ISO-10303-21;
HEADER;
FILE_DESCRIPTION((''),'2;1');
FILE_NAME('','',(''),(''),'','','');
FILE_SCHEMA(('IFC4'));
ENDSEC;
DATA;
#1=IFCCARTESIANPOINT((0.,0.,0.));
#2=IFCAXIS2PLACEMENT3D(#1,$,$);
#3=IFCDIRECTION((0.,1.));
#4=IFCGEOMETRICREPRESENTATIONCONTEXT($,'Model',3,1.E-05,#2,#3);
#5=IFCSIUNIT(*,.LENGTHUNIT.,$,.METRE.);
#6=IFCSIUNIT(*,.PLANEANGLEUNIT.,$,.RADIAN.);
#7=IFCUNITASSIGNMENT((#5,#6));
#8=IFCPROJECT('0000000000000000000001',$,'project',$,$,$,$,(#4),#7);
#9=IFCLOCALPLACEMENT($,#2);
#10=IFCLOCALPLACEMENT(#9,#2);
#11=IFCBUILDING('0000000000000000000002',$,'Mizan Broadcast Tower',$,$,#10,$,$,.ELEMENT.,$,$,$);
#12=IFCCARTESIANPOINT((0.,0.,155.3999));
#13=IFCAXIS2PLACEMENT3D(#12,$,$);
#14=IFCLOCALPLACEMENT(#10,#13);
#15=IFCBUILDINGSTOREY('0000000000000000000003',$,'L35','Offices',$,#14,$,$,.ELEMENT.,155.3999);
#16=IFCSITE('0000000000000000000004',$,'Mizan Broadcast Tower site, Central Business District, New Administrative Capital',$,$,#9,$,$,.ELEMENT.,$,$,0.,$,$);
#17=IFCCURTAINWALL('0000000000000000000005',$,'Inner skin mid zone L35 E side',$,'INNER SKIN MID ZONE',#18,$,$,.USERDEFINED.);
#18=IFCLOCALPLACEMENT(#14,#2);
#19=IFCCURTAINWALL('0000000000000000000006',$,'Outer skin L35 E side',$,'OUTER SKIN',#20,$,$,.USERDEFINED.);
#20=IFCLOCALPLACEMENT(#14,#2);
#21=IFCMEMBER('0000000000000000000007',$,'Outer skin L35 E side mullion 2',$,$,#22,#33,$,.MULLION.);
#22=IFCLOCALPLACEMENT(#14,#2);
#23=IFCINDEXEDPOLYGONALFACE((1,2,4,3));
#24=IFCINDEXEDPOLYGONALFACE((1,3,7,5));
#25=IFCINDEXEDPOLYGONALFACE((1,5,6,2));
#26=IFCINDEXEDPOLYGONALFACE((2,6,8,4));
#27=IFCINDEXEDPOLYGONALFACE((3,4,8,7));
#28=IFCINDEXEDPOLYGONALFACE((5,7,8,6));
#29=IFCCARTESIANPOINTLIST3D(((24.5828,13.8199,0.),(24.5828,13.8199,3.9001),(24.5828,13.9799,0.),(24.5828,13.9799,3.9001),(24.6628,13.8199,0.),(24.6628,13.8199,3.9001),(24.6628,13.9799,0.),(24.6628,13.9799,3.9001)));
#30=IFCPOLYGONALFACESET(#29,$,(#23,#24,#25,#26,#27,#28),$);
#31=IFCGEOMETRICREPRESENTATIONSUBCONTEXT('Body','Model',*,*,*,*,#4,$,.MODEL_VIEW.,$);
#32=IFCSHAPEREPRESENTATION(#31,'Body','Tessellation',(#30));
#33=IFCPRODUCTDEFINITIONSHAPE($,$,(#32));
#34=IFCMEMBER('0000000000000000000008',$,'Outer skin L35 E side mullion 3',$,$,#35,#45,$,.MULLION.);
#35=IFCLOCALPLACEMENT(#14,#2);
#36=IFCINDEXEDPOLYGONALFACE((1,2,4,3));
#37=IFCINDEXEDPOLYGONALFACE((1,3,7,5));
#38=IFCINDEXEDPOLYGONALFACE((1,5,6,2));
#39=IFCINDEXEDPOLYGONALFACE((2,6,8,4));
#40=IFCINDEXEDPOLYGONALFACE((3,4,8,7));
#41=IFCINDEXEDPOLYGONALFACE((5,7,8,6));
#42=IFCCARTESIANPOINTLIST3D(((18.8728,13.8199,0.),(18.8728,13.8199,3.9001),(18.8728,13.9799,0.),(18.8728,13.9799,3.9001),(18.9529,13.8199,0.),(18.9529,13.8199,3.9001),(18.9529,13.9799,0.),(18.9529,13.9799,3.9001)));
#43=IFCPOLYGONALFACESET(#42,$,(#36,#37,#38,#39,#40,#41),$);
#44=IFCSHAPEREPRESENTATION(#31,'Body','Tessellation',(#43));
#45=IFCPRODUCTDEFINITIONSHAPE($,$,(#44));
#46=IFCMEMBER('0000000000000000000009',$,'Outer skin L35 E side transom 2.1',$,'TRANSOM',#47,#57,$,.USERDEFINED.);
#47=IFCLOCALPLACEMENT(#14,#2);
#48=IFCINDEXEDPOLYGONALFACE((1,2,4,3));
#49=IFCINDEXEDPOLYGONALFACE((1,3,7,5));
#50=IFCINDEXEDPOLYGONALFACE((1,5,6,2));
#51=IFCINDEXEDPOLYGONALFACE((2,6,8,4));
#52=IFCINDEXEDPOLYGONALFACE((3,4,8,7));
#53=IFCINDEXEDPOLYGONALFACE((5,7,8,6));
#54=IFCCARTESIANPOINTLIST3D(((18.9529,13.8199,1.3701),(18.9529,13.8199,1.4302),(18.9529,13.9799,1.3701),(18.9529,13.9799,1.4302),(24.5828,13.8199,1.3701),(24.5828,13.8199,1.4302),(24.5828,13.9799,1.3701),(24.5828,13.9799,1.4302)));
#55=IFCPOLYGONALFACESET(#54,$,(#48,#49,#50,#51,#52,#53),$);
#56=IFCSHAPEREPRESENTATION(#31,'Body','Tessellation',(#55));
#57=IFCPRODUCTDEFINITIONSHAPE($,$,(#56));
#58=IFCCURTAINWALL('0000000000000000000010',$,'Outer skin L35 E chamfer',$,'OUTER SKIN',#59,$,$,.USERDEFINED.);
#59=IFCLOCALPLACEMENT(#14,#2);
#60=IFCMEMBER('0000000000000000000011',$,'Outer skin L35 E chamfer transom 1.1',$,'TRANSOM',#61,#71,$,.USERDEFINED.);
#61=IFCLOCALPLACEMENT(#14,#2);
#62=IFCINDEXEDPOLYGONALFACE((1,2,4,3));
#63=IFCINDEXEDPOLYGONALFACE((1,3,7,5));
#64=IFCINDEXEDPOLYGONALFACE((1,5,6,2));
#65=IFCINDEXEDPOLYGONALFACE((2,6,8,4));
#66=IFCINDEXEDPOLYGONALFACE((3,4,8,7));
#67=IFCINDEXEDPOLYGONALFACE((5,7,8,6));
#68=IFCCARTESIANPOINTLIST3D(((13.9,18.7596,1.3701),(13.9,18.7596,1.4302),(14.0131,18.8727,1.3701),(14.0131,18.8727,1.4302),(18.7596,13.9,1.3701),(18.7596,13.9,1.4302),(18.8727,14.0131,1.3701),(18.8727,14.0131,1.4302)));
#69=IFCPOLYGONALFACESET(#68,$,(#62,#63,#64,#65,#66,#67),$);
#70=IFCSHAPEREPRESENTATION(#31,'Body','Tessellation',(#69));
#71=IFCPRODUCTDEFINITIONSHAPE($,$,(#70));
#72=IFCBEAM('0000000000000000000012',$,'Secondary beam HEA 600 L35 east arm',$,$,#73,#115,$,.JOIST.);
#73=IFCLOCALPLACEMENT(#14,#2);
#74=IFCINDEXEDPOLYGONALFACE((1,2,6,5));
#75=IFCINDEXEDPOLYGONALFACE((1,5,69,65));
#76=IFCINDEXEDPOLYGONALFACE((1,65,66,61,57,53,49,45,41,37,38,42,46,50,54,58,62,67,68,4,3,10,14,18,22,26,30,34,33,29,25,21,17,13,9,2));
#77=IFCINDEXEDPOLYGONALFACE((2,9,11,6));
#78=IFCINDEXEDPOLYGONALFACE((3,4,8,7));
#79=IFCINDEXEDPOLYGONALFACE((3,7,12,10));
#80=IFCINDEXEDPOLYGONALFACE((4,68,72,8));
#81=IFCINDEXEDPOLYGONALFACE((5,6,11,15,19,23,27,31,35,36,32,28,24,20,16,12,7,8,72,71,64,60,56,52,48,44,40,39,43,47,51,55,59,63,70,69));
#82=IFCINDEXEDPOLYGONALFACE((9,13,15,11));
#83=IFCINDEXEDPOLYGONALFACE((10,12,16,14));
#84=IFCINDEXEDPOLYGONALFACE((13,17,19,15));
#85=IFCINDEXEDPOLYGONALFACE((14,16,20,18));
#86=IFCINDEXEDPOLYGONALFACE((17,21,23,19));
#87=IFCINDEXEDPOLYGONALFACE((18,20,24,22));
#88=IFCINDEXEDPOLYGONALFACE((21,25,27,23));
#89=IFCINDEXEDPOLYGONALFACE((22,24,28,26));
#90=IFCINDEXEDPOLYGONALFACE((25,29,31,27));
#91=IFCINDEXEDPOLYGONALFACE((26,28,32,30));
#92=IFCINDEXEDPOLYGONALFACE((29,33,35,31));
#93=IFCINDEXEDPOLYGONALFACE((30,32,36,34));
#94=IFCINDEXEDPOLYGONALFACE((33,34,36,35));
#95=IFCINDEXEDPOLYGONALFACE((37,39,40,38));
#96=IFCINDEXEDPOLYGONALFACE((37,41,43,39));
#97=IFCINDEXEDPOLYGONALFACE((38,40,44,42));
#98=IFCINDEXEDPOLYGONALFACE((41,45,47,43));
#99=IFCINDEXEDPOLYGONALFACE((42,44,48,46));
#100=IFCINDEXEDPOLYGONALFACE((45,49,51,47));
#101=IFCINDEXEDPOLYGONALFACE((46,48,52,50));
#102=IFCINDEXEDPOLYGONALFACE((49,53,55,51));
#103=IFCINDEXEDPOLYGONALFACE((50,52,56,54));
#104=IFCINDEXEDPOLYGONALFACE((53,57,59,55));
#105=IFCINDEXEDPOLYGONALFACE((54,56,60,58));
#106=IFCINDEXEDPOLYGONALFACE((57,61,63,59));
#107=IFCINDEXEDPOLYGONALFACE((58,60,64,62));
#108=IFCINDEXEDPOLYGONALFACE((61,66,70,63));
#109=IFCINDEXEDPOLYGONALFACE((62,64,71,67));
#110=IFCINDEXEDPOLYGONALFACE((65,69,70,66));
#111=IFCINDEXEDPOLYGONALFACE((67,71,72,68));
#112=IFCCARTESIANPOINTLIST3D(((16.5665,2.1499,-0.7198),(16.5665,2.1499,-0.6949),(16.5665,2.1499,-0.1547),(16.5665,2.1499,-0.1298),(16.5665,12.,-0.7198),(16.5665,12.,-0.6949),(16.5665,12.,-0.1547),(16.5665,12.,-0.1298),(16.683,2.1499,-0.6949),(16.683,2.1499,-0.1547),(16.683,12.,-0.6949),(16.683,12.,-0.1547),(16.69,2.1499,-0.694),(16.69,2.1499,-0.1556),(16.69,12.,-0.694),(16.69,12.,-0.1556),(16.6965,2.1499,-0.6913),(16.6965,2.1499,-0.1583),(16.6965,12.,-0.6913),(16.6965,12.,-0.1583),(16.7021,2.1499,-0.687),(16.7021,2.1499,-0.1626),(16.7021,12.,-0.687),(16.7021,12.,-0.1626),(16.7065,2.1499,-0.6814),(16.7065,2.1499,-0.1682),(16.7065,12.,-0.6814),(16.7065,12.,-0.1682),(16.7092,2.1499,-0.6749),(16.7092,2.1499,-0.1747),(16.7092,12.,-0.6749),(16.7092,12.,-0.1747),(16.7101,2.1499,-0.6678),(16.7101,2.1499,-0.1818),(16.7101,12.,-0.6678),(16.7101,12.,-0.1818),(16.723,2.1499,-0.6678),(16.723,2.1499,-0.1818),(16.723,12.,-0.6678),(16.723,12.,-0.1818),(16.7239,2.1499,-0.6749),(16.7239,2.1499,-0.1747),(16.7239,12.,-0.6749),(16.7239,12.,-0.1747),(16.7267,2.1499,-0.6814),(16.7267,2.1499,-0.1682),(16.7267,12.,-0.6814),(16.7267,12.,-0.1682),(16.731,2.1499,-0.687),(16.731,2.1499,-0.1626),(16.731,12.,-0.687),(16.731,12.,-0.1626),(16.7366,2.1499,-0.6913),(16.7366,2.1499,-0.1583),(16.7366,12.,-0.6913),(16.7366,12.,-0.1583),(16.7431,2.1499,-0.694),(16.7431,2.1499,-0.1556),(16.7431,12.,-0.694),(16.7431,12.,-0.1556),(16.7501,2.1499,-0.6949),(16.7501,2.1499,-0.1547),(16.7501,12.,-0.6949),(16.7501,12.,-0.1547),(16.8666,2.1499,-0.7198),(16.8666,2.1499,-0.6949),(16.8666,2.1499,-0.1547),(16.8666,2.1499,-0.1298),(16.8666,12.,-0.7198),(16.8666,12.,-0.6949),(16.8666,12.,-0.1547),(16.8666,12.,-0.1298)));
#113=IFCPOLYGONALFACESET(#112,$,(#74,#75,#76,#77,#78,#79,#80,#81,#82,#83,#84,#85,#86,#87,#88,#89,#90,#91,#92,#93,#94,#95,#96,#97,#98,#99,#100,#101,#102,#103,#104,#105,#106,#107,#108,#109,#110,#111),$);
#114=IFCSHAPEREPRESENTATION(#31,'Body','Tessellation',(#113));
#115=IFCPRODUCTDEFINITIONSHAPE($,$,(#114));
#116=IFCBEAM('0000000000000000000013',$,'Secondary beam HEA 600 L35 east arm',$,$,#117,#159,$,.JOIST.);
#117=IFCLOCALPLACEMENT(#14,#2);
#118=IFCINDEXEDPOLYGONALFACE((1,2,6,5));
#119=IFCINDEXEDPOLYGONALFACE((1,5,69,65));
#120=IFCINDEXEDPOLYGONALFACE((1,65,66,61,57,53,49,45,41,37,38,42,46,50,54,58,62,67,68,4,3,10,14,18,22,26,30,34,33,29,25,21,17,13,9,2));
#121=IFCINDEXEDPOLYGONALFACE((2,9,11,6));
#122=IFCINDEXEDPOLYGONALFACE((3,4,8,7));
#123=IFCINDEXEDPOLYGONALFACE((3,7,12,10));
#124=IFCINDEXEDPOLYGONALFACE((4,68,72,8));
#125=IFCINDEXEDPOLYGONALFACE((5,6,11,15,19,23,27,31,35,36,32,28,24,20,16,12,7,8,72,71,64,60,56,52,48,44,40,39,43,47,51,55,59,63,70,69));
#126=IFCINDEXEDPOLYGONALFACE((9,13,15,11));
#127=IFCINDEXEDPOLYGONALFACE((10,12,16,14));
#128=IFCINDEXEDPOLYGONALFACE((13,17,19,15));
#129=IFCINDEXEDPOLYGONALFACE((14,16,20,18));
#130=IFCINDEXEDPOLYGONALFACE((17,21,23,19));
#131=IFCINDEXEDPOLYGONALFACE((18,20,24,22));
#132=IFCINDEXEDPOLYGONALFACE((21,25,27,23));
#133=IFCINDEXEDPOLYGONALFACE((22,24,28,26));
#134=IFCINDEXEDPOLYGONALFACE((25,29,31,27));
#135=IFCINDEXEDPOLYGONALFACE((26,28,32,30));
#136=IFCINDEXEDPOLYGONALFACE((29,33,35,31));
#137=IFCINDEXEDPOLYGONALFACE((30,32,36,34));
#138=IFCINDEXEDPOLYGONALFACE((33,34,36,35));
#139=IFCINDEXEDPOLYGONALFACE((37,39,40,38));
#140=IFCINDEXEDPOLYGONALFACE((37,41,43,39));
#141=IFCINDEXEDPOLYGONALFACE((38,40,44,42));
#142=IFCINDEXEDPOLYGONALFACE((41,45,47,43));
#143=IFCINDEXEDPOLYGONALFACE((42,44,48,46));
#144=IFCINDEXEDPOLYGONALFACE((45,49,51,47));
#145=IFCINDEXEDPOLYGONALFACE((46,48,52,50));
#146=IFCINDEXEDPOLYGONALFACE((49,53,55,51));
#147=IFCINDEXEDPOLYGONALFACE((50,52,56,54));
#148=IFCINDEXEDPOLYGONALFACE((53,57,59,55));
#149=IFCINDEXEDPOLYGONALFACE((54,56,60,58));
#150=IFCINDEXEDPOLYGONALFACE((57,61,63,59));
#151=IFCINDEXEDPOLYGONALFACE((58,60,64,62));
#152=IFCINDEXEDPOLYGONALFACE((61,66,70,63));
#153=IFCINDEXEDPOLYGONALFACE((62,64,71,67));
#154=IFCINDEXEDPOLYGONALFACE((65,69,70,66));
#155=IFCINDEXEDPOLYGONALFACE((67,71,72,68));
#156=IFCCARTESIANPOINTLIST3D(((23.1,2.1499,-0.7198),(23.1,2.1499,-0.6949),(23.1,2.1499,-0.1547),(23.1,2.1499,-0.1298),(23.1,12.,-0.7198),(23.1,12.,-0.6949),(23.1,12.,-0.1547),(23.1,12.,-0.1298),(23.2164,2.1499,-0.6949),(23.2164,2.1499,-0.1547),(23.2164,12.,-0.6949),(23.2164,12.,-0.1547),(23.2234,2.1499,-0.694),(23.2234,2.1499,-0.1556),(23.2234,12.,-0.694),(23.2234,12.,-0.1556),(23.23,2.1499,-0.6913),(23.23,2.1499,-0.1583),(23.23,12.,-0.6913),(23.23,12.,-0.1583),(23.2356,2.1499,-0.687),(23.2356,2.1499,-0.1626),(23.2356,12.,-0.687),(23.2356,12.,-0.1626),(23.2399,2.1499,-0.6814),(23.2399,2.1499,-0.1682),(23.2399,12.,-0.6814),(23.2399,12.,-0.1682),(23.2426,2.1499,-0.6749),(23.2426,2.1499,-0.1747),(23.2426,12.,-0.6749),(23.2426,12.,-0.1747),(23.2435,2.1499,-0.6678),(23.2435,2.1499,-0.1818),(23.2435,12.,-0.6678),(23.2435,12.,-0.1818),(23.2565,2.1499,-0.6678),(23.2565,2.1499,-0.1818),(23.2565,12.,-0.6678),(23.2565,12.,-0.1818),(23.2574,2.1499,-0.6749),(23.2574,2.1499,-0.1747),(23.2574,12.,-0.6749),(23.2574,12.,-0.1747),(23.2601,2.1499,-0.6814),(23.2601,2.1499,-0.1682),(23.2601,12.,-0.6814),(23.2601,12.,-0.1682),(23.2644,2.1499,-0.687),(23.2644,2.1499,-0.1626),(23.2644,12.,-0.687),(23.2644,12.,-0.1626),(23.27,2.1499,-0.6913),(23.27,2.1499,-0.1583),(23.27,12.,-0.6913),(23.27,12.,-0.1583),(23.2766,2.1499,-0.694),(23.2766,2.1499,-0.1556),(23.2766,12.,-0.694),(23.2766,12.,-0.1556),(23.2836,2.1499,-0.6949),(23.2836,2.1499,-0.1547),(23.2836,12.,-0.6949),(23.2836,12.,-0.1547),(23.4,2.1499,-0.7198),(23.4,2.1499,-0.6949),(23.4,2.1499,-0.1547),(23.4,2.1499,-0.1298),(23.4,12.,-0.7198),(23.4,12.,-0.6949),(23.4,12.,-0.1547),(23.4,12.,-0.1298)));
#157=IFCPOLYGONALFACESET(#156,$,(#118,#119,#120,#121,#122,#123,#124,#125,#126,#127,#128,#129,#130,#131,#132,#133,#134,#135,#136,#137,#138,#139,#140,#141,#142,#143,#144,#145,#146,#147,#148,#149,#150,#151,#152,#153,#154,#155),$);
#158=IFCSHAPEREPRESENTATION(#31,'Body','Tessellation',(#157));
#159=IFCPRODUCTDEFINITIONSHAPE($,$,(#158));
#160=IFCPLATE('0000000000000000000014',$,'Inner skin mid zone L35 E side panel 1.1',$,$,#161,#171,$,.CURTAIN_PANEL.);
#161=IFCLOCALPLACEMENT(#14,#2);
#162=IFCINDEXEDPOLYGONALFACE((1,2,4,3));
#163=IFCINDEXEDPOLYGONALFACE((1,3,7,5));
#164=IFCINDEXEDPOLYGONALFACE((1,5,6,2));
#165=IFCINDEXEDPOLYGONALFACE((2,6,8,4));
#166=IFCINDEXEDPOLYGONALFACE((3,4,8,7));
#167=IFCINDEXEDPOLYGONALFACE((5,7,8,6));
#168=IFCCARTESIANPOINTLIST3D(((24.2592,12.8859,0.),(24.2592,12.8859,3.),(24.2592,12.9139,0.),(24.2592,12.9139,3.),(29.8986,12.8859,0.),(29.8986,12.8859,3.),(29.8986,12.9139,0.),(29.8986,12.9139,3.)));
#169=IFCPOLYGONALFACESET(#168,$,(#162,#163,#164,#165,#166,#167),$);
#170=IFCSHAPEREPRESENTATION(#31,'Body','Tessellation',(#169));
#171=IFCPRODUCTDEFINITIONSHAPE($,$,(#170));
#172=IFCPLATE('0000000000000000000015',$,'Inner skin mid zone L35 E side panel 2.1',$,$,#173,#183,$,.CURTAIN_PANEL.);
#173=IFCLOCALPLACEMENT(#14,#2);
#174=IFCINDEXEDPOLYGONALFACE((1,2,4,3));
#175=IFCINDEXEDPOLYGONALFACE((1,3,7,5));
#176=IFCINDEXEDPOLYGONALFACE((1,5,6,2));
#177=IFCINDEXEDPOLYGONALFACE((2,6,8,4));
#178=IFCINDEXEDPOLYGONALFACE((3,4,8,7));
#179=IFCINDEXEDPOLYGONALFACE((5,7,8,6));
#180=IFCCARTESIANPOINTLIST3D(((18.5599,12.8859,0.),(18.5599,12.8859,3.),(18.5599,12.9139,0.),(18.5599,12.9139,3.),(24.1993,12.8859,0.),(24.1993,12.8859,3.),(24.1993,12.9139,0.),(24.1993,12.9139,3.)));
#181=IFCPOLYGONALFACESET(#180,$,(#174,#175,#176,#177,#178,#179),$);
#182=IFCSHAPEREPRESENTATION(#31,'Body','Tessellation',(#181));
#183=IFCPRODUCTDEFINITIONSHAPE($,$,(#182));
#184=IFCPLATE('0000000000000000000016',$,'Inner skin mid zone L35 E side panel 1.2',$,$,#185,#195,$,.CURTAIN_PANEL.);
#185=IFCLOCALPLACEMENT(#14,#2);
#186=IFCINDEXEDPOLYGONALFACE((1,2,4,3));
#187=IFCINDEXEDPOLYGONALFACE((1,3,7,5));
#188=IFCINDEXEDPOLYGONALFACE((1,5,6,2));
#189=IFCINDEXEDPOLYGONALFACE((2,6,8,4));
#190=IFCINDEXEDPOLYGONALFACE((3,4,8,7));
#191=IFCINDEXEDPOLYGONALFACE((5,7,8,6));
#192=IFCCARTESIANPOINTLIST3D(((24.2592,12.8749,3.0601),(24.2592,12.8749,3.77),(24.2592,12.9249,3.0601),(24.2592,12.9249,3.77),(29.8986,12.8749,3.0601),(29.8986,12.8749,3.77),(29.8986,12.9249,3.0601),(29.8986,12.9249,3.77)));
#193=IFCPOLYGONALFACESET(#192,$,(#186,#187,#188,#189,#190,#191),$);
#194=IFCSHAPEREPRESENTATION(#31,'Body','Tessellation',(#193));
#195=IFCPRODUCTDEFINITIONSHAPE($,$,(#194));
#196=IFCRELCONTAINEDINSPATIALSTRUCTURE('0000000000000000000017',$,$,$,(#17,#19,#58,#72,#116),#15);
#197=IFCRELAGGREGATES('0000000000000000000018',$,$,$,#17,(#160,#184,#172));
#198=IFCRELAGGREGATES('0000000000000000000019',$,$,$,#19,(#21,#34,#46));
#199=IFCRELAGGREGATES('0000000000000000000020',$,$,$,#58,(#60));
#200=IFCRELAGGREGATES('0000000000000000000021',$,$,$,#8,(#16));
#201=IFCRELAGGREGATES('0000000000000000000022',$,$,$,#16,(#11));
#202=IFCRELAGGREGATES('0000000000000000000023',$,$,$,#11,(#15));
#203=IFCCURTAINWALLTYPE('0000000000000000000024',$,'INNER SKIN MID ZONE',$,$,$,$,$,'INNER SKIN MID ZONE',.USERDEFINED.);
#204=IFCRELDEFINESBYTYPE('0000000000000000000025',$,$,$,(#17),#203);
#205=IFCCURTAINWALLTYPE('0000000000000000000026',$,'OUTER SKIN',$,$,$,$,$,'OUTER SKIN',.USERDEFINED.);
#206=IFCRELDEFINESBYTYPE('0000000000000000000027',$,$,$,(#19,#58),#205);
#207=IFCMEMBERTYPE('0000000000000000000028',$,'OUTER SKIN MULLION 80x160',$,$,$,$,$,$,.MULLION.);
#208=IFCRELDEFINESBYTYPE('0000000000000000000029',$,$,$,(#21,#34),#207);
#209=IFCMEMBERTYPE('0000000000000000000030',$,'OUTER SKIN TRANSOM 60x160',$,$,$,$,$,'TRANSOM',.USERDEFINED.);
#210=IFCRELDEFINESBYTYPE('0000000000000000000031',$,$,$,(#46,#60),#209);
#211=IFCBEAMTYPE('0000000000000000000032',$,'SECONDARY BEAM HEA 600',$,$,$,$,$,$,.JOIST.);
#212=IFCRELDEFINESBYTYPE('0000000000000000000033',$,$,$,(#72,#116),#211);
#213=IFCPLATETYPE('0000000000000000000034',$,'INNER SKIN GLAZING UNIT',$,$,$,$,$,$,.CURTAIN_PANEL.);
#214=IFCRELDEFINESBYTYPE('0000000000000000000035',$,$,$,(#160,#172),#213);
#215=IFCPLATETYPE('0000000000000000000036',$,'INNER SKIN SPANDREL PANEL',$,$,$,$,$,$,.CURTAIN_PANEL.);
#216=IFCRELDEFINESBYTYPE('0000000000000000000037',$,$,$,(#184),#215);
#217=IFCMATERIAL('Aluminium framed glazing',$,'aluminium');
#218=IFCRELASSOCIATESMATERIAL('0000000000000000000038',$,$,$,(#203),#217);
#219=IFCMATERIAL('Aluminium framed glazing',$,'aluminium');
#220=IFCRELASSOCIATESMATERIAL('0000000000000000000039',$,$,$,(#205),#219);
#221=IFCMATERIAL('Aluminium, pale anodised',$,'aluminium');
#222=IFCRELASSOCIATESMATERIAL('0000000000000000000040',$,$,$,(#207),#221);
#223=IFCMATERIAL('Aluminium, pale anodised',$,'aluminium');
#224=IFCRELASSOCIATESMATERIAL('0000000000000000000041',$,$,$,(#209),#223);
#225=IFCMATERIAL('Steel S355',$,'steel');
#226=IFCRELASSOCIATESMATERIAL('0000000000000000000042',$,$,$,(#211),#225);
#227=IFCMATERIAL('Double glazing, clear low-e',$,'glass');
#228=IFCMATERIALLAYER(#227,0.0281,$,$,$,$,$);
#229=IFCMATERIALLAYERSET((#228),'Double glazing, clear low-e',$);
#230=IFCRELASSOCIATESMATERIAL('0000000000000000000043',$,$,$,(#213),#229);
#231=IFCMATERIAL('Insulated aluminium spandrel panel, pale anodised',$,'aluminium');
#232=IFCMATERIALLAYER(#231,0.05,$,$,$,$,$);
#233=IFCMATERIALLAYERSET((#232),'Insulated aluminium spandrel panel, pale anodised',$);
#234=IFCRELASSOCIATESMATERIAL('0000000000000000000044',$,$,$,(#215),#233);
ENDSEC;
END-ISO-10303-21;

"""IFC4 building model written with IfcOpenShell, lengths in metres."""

from ifc_helpers import new_model, si_unit, direction, frame, origin, origin_2d, place, context, subcontext, project, spatial, rectangle, i_section, extrude, material, layer, layer_set, material_profile, profile_set, type_object, element, aggregate, save


model = new_model("IFC4")

# Units and contexts
model_context = context("Model", 3, precision=1e-05, world=origin(), true_north=direction((0.0, 1.0)))
body_context = subcontext(model_context, "Body", "Model", "MODEL_VIEW")
ifc_project = project(units=[si_unit("LENGTHUNIT", "METRE"), si_unit("PLANEANGLEUNIT", "RADIAN")], contexts=[model_context])

# Site, building, storey
site_placement = place(None, origin())
site = spatial("IfcSite", under=ifc_project, at=site_placement, Name="Mizan Broadcast Tower site, Central Business District, New Administrative Capital", CompositionType="ELEMENT", RefElevation=0.0)
building_placement = place(site_placement, origin())
building = spatial("IfcBuilding", under=site, at=building_placement, Name="Mizan Broadcast Tower", CompositionType="ELEMENT")
storey_placement = place(building_placement, frame((0.0, 0.0, 155.3999)))
storey = spatial("IfcBuildingStorey", under=building, at=storey_placement, Name="L35", Description="Offices", CompositionType="ELEMENT", Elevation=155.3999)

# Curtain walls, members
ifc_material_1 = material(Name="Aluminium framed glazing", Category="aluminium")
curtain_wall_type_1 = type_object("IfcCurtainWallType", Name="INNER SKIN MID ZONE", ElementType="INNER SKIN MID ZONE", PredefinedType="USERDEFINED", material=ifc_material_1)
curtain_wall_1_placement = place(storey_placement, origin())
curtain_wall_1 = element("IfcCurtainWall", 1, at=curtain_wall_1_placement, inside=storey, type_object=curtain_wall_type_1, Name="Inner skin mid zone L35 E side", ObjectType="INNER SKIN MID ZONE", PredefinedType="USERDEFINED")
ifc_material_2 = material(Name="Aluminium framed glazing", Category="aluminium")
curtain_wall_type_2 = type_object("IfcCurtainWallType", Name="OUTER SKIN", ElementType="OUTER SKIN", PredefinedType="USERDEFINED", material=ifc_material_2)
curtain_wall_2_placement = place(storey_placement, origin())
curtain_wall_2 = element("IfcCurtainWall", 2, at=curtain_wall_2_placement, inside=storey, type_object=curtain_wall_type_2, Name="Outer skin L35 E side", ObjectType="OUTER SKIN", PredefinedType="USERDEFINED")
ifc_material_3 = material(Name="Aluminium, pale anodised", Category="aluminium")
ifc_material_profile_1 = material_profile(ifc_material_3, rectangle(XDim=0.1599, YDim=0.0801, at=origin_2d()), Name="MULLION 160x80")
ifc_profile_set_1 = profile_set([ifc_material_profile_1], Name="Aluminium, pale anodised")
member_type_1 = type_object("IfcMemberType", Name="OUTER SKIN MULLION 80x160", PredefinedType="MULLION", material=ifc_profile_set_1)
member_1_placement = place(storey_placement, frame((24.6228, 13.8999, 0.0), z_axis=(0.0, 0.0, 1.0), x_axis=(0.0, -1.0, 0.0)))
member_1 = element("IfcMember", 3, at=member_1_placement, type_object=member_type_1, Name="Outer skin L35 E side mullion 2", PredefinedType="MULLION", context=body_context, shape_type="SweptSolid", body=[
    extrude(rectangle(XDim=0.1599, YDim=0.0801, at=origin_2d()), origin(), (0.0, 0.0, 1.0), 3.9001),
])
member_2_placement = place(storey_placement, frame((18.9128, 13.8999, 0.0), z_axis=(0.0, 0.0, 1.0), x_axis=(0.0, -1.0, 0.0)))
member_2 = element("IfcMember", 4, at=member_2_placement, type_object=member_type_1, Name="Outer skin L35 E side mullion 3", PredefinedType="MULLION", context=body_context, shape_type="SweptSolid", body=[
    extrude(rectangle(XDim=0.1599, YDim=0.0801, at=origin_2d()), origin(), (0.0, 0.0, 1.0), 3.9001),
])
ifc_material_4 = material(Name="Aluminium, pale anodised", Category="aluminium")
ifc_material_profile_2 = material_profile(ifc_material_4, rectangle(XDim=0.1599, YDim=0.0601, at=origin_2d()), Name="TRANSOM 160x60")
ifc_profile_set_2 = profile_set([ifc_material_profile_2], Name="Aluminium, pale anodised")
member_type_2 = type_object("IfcMemberType", Name="OUTER SKIN TRANSOM 60x160", ElementType="TRANSOM", PredefinedType="USERDEFINED", material=ifc_profile_set_2)
member_3_placement = place(storey_placement, frame((24.5828, 13.8999, 1.4001), z_axis=(-1.0, 0.0, 0.0), x_axis=(0.0, -1.0, 0.0)))
member_3 = element("IfcMember", 5, at=member_3_placement, type_object=member_type_2, Name="Outer skin L35 E side transom 2.1", ObjectType="TRANSOM", PredefinedType="USERDEFINED", context=body_context, shape_type="SweptSolid", body=[
    extrude(rectangle(XDim=0.1599, YDim=0.0601, at=origin_2d()), origin(), (0.0, 0.0, 1.0), 5.6299),
])

# Curtain wall, member
curtain_wall_3_placement = place(storey_placement, origin())
curtain_wall_3 = element("IfcCurtainWall", 6, at=curtain_wall_3_placement, inside=storey, type_object=curtain_wall_type_2, Name="Outer skin L35 E chamfer", ObjectType="OUTER SKIN", PredefinedType="USERDEFINED")
member_4_placement = place(storey_placement, frame((18.8162, 13.9565, 1.4001), z_axis=(-0.707107, 0.707107, 0.0), x_axis=(-0.707107, -0.707107, 0.0)))
member_4 = element("IfcMember", 7, at=member_4_placement, type_object=member_type_2, Name="Outer skin L35 E chamfer transom 1.1", ObjectType="TRANSOM", PredefinedType="USERDEFINED", context=body_context, shape_type="SweptSolid", body=[
    extrude(rectangle(XDim=0.1599, YDim=0.0601, at=origin_2d()), origin(), (0.0, 0.0, 1.0), 6.8726),
])

# Beams
ifc_material_5 = material(Name="Steel S355", Category="steel")
ifc_material_profile_3 = material_profile(ifc_material_5, i_section(OverallWidth=0.3, OverallDepth=0.5901, WebThickness=0.0129, FlangeThickness=0.0249, FilletRadius=0.0271, at=origin_2d()), Name="HEA 600")
ifc_profile_set_3 = profile_set([ifc_material_profile_3], Name="Steel S355")
beam_type_1 = type_object("IfcBeamType", Name="SECONDARY BEAM HEA 600", PredefinedType="JOIST", material=ifc_profile_set_3)
for number, where, z_axis, x_axis, name in (
    (8, (16.7166, 12.0, -0.4248), (0.0, -1.0, 0.0), (1.0, 0.0, 0.0), "Secondary beam HEA 600 L35 east arm"),
    (9, (23.25, 12.0, -0.4248), (0.0, -1.0, 0.0), (1.0, 0.0, 0.0), "Secondary beam HEA 600 L35 east arm"),
):
    element("IfcBeam", number, at=place(storey_placement, frame(where, z_axis=z_axis, x_axis=x_axis)), inside=storey, type_object=beam_type_1, Name=name, PredefinedType="JOIST", context=body_context, shape_type="SweptSolid", body=[
        extrude(i_section(OverallWidth=0.3, OverallDepth=0.5901, WebThickness=0.0129, FlangeThickness=0.0249, FilletRadius=0.0271, at=origin_2d()), origin(), (0.0, 0.0, 1.0), 9.8501),
    ])

# Plates
ifc_material_6 = material(Name="Double glazing, clear low-e", Category="glass")
ifc_layer_1 = layer(ifc_material_6, 0.0281)
ifc_layer_set_1 = layer_set([ifc_layer_1], Name="Double glazing, clear low-e")
plate_type_1 = type_object("IfcPlateType", Name="INNER SKIN GLAZING UNIT", PredefinedType="CURTAIN_PANEL", material=ifc_layer_set_1)
plate_1_placement = place(storey_placement, frame((27.0789, 12.8999, 0.0), z_axis=(0.0, 0.0, 1.0), x_axis=(-1.0, 0.0, 0.0)))
plate_1 = element("IfcPlate", 10, at=plate_1_placement, type_object=plate_type_1, Name="Inner skin mid zone L35 E side panel 1.1", PredefinedType="CURTAIN_PANEL", context=body_context, shape_type="SweptSolid", body=[
    extrude(rectangle(XDim=5.6394, YDim=0.0281, at=origin_2d()), origin(), (0.0, 0.0, 1.0), 3.0),
])
plate_2_placement = place(storey_placement, frame((21.3796, 12.8999, 0.0), z_axis=(0.0, 0.0, 1.0), x_axis=(-1.0, 0.0, 0.0)))
plate_2 = element("IfcPlate", 11, at=plate_2_placement, type_object=plate_type_1, Name="Inner skin mid zone L35 E side panel 2.1", PredefinedType="CURTAIN_PANEL", context=body_context, shape_type="SweptSolid", body=[
    extrude(rectangle(XDim=5.6394, YDim=0.0281, at=origin_2d()), origin(), (0.0, 0.0, 1.0), 3.0),
])
ifc_material_7 = material(Name="Insulated aluminium spandrel panel, pale anodised", Category="aluminium")
ifc_layer_2 = layer(ifc_material_7, 0.05)
ifc_layer_set_2 = layer_set([ifc_layer_2], Name="Insulated aluminium spandrel panel, pale anodised")
plate_type_2 = type_object("IfcPlateType", Name="INNER SKIN SPANDREL PANEL", PredefinedType="CURTAIN_PANEL", material=ifc_layer_set_2)
plate_3_placement = place(storey_placement, frame((27.0789, 12.8999, 3.0601), z_axis=(0.0, 0.0, 1.0), x_axis=(-1.0, 0.0, 0.0)))
plate_3 = element("IfcPlate", 12, at=plate_3_placement, type_object=plate_type_2, Name="Inner skin mid zone L35 E side panel 1.2", PredefinedType="CURTAIN_PANEL", context=body_context, shape_type="SweptSolid", body=[
    extrude(rectangle(XDim=5.6394, YDim=0.05, at=origin_2d()), origin(), (0.0, 0.0, 1.0), 0.71),
])
aggregate(curtain_wall_1, [plate_1, plate_3, plate_2])
aggregate(curtain_wall_2, [member_1, member_2, member_3])
aggregate(curtain_wall_3, [member_4])

save(model, "model.ifc")
